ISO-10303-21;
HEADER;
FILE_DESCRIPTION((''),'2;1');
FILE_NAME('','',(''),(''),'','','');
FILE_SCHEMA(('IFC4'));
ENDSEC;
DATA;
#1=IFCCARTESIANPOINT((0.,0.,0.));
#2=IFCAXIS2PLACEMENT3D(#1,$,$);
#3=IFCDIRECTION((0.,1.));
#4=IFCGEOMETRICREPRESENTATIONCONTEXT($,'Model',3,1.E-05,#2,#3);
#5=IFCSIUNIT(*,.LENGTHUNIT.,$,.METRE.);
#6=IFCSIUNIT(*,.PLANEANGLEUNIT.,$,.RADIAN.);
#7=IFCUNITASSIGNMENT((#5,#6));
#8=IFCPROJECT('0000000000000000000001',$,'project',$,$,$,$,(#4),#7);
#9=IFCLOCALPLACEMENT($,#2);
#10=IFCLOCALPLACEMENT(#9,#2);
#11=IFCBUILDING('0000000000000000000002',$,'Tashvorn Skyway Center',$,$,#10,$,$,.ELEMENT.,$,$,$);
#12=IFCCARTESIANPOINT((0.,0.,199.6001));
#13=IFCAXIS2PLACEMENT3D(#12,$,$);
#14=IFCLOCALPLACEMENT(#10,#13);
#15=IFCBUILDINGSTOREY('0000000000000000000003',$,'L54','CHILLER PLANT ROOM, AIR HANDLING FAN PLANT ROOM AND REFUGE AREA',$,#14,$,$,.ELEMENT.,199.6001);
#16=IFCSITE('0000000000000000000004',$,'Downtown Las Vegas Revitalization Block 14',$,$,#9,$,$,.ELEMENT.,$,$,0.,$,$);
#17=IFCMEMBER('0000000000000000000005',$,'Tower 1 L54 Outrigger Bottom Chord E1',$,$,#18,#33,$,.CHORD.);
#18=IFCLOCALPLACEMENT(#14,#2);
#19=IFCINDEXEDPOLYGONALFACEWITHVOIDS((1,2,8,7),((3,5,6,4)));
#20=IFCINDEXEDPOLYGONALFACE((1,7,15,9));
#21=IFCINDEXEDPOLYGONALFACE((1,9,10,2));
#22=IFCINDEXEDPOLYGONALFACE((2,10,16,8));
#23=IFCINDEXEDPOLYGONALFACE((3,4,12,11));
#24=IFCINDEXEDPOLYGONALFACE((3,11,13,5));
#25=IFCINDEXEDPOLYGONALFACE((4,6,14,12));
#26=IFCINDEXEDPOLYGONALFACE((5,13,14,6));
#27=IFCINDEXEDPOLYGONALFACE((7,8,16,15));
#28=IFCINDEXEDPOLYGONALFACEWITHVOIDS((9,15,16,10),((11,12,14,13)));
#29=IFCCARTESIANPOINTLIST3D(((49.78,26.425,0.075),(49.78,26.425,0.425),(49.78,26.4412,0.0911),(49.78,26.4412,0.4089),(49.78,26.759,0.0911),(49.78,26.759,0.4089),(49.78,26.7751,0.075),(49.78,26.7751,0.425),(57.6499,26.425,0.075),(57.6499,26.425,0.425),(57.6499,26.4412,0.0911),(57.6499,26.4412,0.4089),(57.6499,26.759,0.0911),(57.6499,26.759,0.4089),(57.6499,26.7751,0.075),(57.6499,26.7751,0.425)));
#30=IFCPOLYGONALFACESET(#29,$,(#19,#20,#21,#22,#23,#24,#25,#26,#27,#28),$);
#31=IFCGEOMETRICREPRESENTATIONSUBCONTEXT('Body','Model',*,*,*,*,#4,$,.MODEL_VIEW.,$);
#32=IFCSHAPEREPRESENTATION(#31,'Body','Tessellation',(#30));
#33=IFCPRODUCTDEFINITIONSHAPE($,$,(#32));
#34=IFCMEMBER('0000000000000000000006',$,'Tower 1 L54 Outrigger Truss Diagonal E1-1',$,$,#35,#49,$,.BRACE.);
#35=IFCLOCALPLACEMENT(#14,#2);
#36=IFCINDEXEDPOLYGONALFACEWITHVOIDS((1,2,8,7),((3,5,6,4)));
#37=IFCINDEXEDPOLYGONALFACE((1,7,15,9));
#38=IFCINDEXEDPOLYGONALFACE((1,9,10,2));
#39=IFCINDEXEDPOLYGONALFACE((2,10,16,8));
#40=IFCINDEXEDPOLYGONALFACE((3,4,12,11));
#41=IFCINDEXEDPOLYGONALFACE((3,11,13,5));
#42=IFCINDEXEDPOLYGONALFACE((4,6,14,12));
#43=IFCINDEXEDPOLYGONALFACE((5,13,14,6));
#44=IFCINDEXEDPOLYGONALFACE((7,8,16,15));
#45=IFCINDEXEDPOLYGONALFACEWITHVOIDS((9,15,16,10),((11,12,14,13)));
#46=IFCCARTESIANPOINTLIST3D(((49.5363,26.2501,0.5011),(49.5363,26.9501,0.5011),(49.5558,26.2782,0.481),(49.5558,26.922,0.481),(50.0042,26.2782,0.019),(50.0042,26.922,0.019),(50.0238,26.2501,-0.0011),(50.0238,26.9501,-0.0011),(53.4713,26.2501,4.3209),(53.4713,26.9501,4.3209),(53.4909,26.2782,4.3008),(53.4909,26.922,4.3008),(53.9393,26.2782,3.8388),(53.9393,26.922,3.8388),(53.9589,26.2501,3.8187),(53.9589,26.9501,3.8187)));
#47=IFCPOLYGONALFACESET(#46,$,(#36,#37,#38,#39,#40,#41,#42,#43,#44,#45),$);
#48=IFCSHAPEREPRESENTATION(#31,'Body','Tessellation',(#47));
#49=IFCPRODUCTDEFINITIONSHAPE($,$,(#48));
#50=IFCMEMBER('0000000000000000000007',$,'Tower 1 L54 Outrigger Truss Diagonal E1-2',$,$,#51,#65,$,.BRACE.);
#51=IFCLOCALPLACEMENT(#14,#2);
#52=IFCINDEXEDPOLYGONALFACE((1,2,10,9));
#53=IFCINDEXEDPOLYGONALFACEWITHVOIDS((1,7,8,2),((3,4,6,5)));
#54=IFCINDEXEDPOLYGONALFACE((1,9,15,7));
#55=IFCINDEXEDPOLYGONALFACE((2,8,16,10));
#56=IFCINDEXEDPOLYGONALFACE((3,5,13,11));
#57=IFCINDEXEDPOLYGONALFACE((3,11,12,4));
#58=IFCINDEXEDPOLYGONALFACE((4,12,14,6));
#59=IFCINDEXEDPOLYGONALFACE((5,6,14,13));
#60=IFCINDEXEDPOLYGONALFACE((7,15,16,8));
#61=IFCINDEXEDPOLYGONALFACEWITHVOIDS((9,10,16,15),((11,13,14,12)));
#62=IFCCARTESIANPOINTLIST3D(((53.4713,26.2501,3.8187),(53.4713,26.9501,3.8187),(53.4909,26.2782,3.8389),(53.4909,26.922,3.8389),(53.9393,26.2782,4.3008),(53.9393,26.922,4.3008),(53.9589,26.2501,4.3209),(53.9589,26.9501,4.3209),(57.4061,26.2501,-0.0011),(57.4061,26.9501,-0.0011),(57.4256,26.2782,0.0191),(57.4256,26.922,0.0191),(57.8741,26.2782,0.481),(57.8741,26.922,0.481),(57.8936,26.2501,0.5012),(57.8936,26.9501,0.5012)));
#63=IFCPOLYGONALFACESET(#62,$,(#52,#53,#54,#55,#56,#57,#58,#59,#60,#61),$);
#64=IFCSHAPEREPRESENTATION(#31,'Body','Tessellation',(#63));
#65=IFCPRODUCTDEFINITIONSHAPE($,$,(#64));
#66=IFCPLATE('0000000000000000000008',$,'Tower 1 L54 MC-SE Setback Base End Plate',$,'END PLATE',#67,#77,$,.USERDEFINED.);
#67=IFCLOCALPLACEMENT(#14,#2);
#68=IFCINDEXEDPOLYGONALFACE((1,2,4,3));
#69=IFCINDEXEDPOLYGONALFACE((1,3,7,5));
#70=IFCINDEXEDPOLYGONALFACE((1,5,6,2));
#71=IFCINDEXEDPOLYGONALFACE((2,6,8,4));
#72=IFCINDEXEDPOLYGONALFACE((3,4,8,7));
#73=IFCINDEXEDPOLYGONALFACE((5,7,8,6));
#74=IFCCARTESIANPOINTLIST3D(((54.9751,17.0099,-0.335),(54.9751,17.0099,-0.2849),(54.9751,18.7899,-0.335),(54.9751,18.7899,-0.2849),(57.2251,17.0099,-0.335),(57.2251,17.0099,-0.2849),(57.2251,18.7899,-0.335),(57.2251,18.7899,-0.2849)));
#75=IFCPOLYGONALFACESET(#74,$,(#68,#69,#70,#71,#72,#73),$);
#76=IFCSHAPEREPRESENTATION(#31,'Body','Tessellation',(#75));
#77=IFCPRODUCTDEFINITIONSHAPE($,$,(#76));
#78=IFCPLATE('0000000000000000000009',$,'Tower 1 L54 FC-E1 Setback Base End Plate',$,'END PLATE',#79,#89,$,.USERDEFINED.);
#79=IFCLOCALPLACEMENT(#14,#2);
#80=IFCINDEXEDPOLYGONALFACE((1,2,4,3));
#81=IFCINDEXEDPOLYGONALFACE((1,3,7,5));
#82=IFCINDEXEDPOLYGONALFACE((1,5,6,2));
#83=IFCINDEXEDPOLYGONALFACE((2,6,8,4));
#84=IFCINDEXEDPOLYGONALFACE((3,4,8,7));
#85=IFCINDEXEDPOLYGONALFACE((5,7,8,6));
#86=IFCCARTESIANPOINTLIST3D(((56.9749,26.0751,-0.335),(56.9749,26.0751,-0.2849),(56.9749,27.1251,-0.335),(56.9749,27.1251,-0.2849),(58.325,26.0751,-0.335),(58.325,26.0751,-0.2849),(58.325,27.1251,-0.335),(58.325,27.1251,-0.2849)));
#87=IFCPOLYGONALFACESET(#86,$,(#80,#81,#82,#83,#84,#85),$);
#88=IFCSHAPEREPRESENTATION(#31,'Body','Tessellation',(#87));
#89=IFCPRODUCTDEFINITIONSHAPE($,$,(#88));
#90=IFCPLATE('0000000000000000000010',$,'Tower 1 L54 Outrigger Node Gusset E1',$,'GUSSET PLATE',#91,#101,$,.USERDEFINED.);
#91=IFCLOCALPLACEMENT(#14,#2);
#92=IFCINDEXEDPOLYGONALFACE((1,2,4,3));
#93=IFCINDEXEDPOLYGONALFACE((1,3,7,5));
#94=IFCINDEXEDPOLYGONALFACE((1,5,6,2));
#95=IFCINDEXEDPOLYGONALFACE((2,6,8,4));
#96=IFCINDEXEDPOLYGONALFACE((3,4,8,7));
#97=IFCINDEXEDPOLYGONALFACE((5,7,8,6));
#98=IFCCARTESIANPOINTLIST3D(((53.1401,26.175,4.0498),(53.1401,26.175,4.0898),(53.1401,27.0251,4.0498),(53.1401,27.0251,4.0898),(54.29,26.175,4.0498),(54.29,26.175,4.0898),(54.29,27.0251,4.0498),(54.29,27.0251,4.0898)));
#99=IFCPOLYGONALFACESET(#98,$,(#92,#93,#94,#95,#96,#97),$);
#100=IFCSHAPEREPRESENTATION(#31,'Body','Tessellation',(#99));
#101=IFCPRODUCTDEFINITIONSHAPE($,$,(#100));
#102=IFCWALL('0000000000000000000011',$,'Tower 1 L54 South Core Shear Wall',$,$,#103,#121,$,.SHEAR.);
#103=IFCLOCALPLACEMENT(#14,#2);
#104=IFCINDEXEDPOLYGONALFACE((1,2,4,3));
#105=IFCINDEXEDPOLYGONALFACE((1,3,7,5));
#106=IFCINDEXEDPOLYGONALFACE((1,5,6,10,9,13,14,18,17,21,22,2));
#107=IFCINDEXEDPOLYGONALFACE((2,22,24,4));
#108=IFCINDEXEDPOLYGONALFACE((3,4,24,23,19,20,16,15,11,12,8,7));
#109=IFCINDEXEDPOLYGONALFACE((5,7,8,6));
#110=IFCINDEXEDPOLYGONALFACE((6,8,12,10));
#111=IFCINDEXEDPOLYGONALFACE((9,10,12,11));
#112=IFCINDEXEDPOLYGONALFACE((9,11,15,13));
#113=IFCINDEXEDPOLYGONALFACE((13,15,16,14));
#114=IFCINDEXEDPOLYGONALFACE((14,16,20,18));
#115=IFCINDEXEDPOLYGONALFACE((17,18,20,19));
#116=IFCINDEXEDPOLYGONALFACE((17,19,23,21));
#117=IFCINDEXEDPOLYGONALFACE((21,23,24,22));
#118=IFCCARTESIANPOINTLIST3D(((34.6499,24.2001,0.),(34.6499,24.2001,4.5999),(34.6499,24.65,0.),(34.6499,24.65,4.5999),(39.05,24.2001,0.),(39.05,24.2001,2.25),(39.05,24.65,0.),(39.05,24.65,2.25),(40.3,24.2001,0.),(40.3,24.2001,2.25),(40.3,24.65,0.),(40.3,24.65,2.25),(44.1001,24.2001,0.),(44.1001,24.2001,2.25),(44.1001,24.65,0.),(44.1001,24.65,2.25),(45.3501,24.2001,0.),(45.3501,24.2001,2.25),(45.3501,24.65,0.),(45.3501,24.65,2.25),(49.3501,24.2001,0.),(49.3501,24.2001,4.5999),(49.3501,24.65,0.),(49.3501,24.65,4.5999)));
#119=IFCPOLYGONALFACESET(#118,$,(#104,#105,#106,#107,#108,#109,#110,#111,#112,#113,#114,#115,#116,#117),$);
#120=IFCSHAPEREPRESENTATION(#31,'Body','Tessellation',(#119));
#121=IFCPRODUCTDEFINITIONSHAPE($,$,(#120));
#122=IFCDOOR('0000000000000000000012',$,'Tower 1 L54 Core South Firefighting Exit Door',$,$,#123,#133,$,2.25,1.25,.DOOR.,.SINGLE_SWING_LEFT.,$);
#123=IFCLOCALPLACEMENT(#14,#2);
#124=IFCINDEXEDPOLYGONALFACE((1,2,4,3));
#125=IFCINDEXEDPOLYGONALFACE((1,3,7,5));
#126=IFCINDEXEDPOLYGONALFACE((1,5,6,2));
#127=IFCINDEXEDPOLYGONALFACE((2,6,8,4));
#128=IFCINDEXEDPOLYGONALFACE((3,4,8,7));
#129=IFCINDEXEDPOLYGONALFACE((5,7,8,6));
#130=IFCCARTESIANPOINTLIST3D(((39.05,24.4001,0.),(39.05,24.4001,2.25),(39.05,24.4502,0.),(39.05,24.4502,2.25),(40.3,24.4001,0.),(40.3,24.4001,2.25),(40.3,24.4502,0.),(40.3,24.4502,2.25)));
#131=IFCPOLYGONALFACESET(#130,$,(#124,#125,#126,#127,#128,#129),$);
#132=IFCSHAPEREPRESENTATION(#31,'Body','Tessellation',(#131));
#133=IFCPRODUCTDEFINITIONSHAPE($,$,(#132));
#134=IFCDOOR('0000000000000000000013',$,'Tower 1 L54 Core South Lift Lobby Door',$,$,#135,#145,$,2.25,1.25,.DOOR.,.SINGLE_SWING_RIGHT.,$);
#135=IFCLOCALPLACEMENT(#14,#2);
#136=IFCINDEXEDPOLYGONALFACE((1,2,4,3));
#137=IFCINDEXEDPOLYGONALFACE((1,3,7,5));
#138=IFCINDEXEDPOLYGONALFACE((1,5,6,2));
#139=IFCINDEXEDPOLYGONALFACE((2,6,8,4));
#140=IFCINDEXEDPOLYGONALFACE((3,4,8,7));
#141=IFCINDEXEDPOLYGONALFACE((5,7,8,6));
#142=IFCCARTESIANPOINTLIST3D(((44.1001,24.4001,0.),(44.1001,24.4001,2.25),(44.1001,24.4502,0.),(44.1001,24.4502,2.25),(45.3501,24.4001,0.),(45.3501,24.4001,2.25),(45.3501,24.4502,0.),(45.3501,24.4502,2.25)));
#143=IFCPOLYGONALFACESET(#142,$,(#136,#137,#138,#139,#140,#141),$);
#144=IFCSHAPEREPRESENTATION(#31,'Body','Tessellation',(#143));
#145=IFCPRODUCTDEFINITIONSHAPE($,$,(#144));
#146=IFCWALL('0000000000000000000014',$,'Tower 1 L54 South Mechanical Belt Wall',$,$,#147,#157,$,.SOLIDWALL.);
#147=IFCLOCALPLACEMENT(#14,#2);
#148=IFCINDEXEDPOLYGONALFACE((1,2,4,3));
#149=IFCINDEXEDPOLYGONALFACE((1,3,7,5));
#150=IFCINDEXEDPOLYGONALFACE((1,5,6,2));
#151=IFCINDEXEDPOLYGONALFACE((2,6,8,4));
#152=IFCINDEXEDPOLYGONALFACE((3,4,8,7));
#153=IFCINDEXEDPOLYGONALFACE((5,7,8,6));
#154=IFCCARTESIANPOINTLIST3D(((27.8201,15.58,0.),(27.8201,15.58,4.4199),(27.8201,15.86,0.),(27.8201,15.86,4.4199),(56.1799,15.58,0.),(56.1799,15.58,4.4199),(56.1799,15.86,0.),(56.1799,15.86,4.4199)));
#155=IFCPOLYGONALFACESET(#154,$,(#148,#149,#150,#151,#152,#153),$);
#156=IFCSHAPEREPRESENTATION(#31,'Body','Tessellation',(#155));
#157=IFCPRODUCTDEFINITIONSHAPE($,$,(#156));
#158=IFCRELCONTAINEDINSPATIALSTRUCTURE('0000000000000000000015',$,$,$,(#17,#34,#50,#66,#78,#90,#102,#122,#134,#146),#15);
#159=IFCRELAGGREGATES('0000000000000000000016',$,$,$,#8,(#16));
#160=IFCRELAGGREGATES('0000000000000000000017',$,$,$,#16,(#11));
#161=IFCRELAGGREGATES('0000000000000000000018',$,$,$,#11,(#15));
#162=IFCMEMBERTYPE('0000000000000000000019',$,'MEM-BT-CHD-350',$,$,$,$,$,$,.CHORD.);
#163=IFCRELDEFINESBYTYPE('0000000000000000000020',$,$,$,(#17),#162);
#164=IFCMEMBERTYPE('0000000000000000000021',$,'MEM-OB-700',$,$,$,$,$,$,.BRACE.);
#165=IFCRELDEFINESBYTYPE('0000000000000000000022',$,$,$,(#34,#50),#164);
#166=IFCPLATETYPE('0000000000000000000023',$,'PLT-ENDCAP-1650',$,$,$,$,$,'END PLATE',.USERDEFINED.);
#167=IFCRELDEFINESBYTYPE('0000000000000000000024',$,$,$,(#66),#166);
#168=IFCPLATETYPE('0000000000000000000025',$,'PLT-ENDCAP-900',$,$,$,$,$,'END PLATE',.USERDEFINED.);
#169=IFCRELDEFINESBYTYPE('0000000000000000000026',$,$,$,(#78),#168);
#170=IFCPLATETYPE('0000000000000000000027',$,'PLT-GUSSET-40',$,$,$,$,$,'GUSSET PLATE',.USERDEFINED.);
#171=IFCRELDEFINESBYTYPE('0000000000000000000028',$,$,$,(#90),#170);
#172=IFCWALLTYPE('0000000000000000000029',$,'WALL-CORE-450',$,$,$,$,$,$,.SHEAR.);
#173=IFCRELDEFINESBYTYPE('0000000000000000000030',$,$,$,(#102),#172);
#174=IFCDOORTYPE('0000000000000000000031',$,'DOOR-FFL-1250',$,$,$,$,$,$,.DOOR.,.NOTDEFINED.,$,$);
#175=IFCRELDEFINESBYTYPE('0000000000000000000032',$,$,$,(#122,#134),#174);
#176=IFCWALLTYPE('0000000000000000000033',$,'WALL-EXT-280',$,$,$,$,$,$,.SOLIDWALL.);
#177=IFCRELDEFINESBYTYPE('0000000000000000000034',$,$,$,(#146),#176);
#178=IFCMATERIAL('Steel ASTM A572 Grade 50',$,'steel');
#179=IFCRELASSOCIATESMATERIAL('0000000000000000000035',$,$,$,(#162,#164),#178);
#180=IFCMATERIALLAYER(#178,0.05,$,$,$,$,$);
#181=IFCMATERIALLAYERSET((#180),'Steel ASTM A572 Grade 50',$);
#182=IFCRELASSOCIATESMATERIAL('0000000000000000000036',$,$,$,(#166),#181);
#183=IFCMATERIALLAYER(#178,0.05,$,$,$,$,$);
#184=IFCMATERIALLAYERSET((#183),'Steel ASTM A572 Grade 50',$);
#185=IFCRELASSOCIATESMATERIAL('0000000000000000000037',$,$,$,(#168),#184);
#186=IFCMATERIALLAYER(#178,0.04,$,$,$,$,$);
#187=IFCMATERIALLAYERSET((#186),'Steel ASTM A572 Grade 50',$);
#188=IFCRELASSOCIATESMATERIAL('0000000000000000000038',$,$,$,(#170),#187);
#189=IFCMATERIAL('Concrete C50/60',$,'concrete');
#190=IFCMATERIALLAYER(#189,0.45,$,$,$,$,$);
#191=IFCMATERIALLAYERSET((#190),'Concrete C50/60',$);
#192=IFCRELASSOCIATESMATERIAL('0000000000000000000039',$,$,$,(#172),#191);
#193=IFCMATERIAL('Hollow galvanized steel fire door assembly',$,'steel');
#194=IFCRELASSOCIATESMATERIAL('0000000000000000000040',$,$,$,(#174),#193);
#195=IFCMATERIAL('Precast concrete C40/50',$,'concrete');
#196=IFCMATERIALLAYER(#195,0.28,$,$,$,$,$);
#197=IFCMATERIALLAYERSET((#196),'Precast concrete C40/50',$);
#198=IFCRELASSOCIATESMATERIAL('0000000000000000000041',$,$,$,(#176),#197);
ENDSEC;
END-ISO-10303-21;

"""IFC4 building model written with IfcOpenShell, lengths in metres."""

from ifc_helpers import new_model, si_unit, direction, frame, frame_2d, origin, origin_2d, place, context, subcontext, project, spatial, rectangle, hollow_rectangle, extrude, material, layer, layer_set, material_profile, profile_set, type_object, element, fill, save


model = new_model("IFC4")

# Units and contexts
model_context = context("Model", 3, precision=1e-05, world=origin(), true_north=direction((0.0, 1.0)))
body_context = subcontext(model_context, "Body", "Model", "MODEL_VIEW")
ifc_project = project(units=[si_unit("LENGTHUNIT", "METRE"), si_unit("PLANEANGLEUNIT", "RADIAN")], contexts=[model_context])

# Site, building, storey
site_placement = place(None, origin())
site = spatial("IfcSite", under=ifc_project, at=site_placement, Name="Downtown Las Vegas Revitalization Block 14", CompositionType="ELEMENT", RefElevation=0.0)
building_placement = place(site_placement, origin())
building = spatial("IfcBuilding", under=site, at=building_placement, Name="Tashvorn Skyway Center", CompositionType="ELEMENT")
storey_placement = place(building_placement, frame((0.0, 0.0, 199.6001)))
storey = spatial("IfcBuildingStorey", under=building, at=storey_placement, Name="L54", Description="CHILLER PLANT ROOM, AIR HANDLING FAN PLANT ROOM AND REFUGE AREA", CompositionType="ELEMENT", Elevation=199.6001)

# Shared definitions
ifc_material_1 = material(Name="Steel ASTM A572 Grade 50", Category="steel")

# Members
ifc_material_profile_1 = material_profile(ifc_material_1, hollow_rectangle(XDim=0.3501, YDim=0.3501, WallThickness=0.0161, at=origin_2d()), Name="HSS350x350x16")
ifc_profile_set_1 = profile_set([ifc_material_profile_1], Name="Steel ASTM A572 Grade 50")
member_type_1 = type_object("IfcMemberType", Name="MEM-BT-CHD-350", PredefinedType="CHORD", material=ifc_profile_set_1)
member_1_placement = place(storey_placement, frame((49.78, 26.6001, 0.25), z_axis=(1.0, 0.0, 0.0), x_axis=(0.0, 1.0, 0.0)))
element("IfcMember", 1, at=member_1_placement, inside=storey, type_object=member_type_1, Name="Tower 1 L54 Outrigger Bottom Chord E1", PredefinedType="CHORD", context=body_context, shape_type="SweptSolid", body=[
    extrude(hollow_rectangle(XDim=0.3501, YDim=0.3501, WallThickness=0.0161, at=origin_2d()), origin(), (0.0, 0.0, 1.0), 7.8699),
])
ifc_material_profile_2 = material_profile(ifc_material_1, hollow_rectangle(XDim=0.7, YDim=0.7, WallThickness=0.0281, at=origin_2d()), Name="BOX700x700x28")
ifc_profile_set_2 = profile_set([ifc_material_profile_2], Name="Steel ASTM A572 Grade 50")
member_type_2 = type_object("IfcMemberType", Name="MEM-OB-700", PredefinedType="BRACE", material=ifc_profile_set_2)
member_2_placement = place(storey_placement, frame((49.78, 26.6001, 0.25), z_axis=(0.717535, 0.0, 0.696523), x_axis=(0.0, 1.0, 0.0)))
element("IfcMember", 2, at=member_2_placement, inside=storey, type_object=member_type_2, Name="Tower 1 L54 Outrigger Truss Diagonal E1-1", PredefinedType="BRACE", context=body_context, shape_type="SweptSolid", body=[
    extrude(hollow_rectangle(XDim=0.7, YDim=0.7, WallThickness=0.0281, at=origin_2d()), origin(), (0.0, 0.0, 1.0), 5.4841),
])
member_3_placement = place(storey_placement, frame((53.7151, 26.6001, 4.0698), z_axis=(0.717513, 0.0, -0.696545), x_axis=(0.0, 1.0, 0.0)))
element("IfcMember", 3, at=member_3_placement, inside=storey, type_object=member_type_2, Name="Tower 1 L54 Outrigger Truss Diagonal E1-2", PredefinedType="BRACE", context=body_context, shape_type="SweptSolid", body=[
    extrude(hollow_rectangle(XDim=0.7, YDim=0.7, WallThickness=0.0281, at=origin_2d()), origin(), (0.0, 0.0, 1.0), 5.4839),
])

# Plates
ifc_layer_1 = layer(ifc_material_1, 0.05)
ifc_layer_set_1 = layer_set([ifc_layer_1], Name="Steel ASTM A572 Grade 50")
plate_type_1 = type_object("IfcPlateType", Name="PLT-ENDCAP-1650", ElementType="END PLATE", PredefinedType="USERDEFINED", material=ifc_layer_set_1)
plate_1_placement = place(storey_placement, frame((56.1001, 17.8999, -0.335), z_axis=(0.0, 0.0, 1.0), x_axis=(1.0, 0.0, 0.0)))
element("IfcPlate", 4, at=plate_1_placement, inside=storey, type_object=plate_type_1, Name="Tower 1 L54 MC-SE Setback Base End Plate", ObjectType="END PLATE", PredefinedType="USERDEFINED", context=body_context, shape_type="SweptSolid", body=[
    extrude(rectangle(XDim=2.25, YDim=1.78, at=origin_2d()), origin(), (0.0, 0.0, 1.0), 0.05),
])
ifc_layer_2 = layer(ifc_material_1, 0.05)
ifc_layer_set_2 = layer_set([ifc_layer_2], Name="Steel ASTM A572 Grade 50")
plate_type_2 = type_object("IfcPlateType", Name="PLT-ENDCAP-900", ElementType="END PLATE", PredefinedType="USERDEFINED", material=ifc_layer_set_2)
plate_2_placement = place(storey_placement, frame((57.6499, 26.6001, -0.335), z_axis=(0.0, 0.0, 1.0), x_axis=(1.0, 0.0, 0.0)))
element("IfcPlate", 5, at=plate_2_placement, inside=storey, type_object=plate_type_2, Name="Tower 1 L54 FC-E1 Setback Base End Plate", ObjectType="END PLATE", PredefinedType="USERDEFINED", context=body_context, shape_type="SweptSolid", body=[
    extrude(rectangle(XDim=1.3501, YDim=1.05, at=origin_2d()), origin(), (0.0, 0.0, 1.0), 0.05),
])
ifc_layer_3 = layer(ifc_material_1, 0.04)
ifc_layer_set_3 = layer_set([ifc_layer_3], Name="Steel ASTM A572 Grade 50")
plate_type_3 = type_object("IfcPlateType", Name="PLT-GUSSET-40", ElementType="GUSSET PLATE", PredefinedType="USERDEFINED", material=ifc_layer_set_3)
plate_3_placement = place(storey_placement, frame((53.7151, 26.6001, 4.0498), z_axis=(0.0, 0.0, 1.0), x_axis=(1.0, 0.0, 0.0)))
element("IfcPlate", 6, at=plate_3_placement, inside=storey, type_object=plate_type_3, Name="Tower 1 L54 Outrigger Node Gusset E1", ObjectType="GUSSET PLATE", PredefinedType="USERDEFINED", context=body_context, shape_type="SweptSolid", body=[
    extrude(rectangle(XDim=1.1499, YDim=0.8501, at=origin_2d()), origin(), (0.0, 0.0, 1.0), 0.04),
])

# Wall, openings, doors
ifc_material_2 = material(Name="Concrete C50/60", Category="concrete")
ifc_layer_4 = layer(ifc_material_2, 0.45)
ifc_layer_set_4 = layer_set([ifc_layer_4], Name="Concrete C50/60")
wall_type_1 = type_object("IfcWallType", Name="WALL-CORE-450", PredefinedType="SHEAR", material=ifc_layer_set_4)
wall_1_placement = place(storey_placement, frame((49.3501, 24.425, 0.0), z_axis=(0.0, 0.0, 1.0), x_axis=(-1.0, 0.0, 0.0)))
wall_1 = element("IfcWall", 7, at=wall_1_placement, inside=storey, type_object=wall_type_1, Name="Tower 1 L54 South Core Shear Wall", PredefinedType="SHEAR", context=body_context, shape_type="SweptSolid", body=[
    extrude(rectangle(XDim=14.7002, YDim=0.45, at=frame_2d((7.3501, 0.0))), origin(), (0.0, 0.0, 1.0), 4.5999),
])
opening_1_placement = place(wall_1_placement, frame((9.05, 0.0, 0.0)))
opening_1 = element("IfcOpeningElement", 8, at=opening_1_placement, cuts=wall_1, PredefinedType="OPENING", context=body_context, shape_type="SweptSolid", body=[
    extrude(rectangle(XDim=1.25, YDim=2.25, at=frame_2d((0.625, 1.125))), frame((0.0, 0.2349, 0.0), z_axis=(0.0, -1.0, 0.0), x_axis=(1.0, 0.0, 0.0)), (0.0, 0.0, 1.0), 0.47),
])
opening_2_placement = place(wall_1_placement, frame((4.0, 0.0, 0.0)))
opening_2 = element("IfcOpeningElement", 9, at=opening_2_placement, cuts=wall_1, PredefinedType="OPENING", context=body_context, shape_type="SweptSolid", body=[
    extrude(rectangle(XDim=1.25, YDim=2.25, at=frame_2d((0.625, 1.125))), frame((0.0, 0.2349, 0.0), z_axis=(0.0, -1.0, 0.0), x_axis=(1.0, 0.0, 0.0)), (0.0, 0.0, 1.0), 0.47),
])
ifc_material_3 = material(Name="Hollow galvanized steel fire door assembly", Category="steel")
door_type_1 = type_object("IfcDoorType", Name="DOOR-FFL-1250", OperationType="NOTDEFINED", PredefinedType="DOOR", material=ifc_material_3)
door_1_placement = place(opening_1_placement, origin())
door_1 = element("IfcDoor", 10, at=door_1_placement, inside=storey, type_object=door_type_1, Name="Tower 1 L54 Core South Firefighting Exit Door", OperationType="SINGLE_SWING_LEFT", OverallHeight=2.25, OverallWidth=1.25, PredefinedType="DOOR", context=body_context, shape_type="SweptSolid", body=[
    extrude(rectangle(XDim=1.25, YDim=2.25, at=frame_2d((0.625, 1.125))), frame((0.0, 0.0249, 0.0), z_axis=(0.0, -1.0, 0.0), x_axis=(1.0, 0.0, 0.0)), (0.0, 0.0, 1.0), 0.05),
])
fill(opening_1, door_1)
door_2_placement = place(opening_2_placement, origin())
door_2 = element("IfcDoor", 11, at=door_2_placement, inside=storey, type_object=door_type_1, Name="Tower 1 L54 Core South Lift Lobby Door", OperationType="SINGLE_SWING_RIGHT", OverallHeight=2.25, OverallWidth=1.25, PredefinedType="DOOR", context=body_context, shape_type="SweptSolid", body=[
    extrude(rectangle(XDim=1.25, YDim=2.25, at=frame_2d((0.625, 1.125))), frame((0.0, 0.0249, 0.0), z_axis=(0.0, -1.0, 0.0), x_axis=(1.0, 0.0, 0.0)), (0.0, 0.0, 1.0), 0.05),
])
fill(opening_2, door_2)

# Wall
ifc_material_4 = material(Name="Precast concrete C40/50", Category="concrete")
ifc_layer_5 = layer(ifc_material_4, 0.28)
ifc_layer_set_5 = layer_set([ifc_layer_5], Name="Precast concrete C40/50")
wall_type_2 = type_object("IfcWallType", Name="WALL-EXT-280", PredefinedType="SOLIDWALL", material=ifc_layer_set_5)
wall_2_placement = place(storey_placement, frame((56.1799, 15.72, 0.0), z_axis=(0.0, 0.0, 1.0), x_axis=(-1.0, 0.0, 0.0)))
element("IfcWall", 12, at=wall_2_placement, inside=storey, type_object=wall_type_2, Name="Tower 1 L54 South Mechanical Belt Wall", PredefinedType="SOLIDWALL", context=body_context, shape_type="SweptSolid", body=[
    extrude(rectangle(XDim=28.3599, YDim=0.28, at=frame_2d((14.1799, 0.0))), origin(), (0.0, 0.0, 1.0), 4.4199),
])

save(model, "model.ifc")
